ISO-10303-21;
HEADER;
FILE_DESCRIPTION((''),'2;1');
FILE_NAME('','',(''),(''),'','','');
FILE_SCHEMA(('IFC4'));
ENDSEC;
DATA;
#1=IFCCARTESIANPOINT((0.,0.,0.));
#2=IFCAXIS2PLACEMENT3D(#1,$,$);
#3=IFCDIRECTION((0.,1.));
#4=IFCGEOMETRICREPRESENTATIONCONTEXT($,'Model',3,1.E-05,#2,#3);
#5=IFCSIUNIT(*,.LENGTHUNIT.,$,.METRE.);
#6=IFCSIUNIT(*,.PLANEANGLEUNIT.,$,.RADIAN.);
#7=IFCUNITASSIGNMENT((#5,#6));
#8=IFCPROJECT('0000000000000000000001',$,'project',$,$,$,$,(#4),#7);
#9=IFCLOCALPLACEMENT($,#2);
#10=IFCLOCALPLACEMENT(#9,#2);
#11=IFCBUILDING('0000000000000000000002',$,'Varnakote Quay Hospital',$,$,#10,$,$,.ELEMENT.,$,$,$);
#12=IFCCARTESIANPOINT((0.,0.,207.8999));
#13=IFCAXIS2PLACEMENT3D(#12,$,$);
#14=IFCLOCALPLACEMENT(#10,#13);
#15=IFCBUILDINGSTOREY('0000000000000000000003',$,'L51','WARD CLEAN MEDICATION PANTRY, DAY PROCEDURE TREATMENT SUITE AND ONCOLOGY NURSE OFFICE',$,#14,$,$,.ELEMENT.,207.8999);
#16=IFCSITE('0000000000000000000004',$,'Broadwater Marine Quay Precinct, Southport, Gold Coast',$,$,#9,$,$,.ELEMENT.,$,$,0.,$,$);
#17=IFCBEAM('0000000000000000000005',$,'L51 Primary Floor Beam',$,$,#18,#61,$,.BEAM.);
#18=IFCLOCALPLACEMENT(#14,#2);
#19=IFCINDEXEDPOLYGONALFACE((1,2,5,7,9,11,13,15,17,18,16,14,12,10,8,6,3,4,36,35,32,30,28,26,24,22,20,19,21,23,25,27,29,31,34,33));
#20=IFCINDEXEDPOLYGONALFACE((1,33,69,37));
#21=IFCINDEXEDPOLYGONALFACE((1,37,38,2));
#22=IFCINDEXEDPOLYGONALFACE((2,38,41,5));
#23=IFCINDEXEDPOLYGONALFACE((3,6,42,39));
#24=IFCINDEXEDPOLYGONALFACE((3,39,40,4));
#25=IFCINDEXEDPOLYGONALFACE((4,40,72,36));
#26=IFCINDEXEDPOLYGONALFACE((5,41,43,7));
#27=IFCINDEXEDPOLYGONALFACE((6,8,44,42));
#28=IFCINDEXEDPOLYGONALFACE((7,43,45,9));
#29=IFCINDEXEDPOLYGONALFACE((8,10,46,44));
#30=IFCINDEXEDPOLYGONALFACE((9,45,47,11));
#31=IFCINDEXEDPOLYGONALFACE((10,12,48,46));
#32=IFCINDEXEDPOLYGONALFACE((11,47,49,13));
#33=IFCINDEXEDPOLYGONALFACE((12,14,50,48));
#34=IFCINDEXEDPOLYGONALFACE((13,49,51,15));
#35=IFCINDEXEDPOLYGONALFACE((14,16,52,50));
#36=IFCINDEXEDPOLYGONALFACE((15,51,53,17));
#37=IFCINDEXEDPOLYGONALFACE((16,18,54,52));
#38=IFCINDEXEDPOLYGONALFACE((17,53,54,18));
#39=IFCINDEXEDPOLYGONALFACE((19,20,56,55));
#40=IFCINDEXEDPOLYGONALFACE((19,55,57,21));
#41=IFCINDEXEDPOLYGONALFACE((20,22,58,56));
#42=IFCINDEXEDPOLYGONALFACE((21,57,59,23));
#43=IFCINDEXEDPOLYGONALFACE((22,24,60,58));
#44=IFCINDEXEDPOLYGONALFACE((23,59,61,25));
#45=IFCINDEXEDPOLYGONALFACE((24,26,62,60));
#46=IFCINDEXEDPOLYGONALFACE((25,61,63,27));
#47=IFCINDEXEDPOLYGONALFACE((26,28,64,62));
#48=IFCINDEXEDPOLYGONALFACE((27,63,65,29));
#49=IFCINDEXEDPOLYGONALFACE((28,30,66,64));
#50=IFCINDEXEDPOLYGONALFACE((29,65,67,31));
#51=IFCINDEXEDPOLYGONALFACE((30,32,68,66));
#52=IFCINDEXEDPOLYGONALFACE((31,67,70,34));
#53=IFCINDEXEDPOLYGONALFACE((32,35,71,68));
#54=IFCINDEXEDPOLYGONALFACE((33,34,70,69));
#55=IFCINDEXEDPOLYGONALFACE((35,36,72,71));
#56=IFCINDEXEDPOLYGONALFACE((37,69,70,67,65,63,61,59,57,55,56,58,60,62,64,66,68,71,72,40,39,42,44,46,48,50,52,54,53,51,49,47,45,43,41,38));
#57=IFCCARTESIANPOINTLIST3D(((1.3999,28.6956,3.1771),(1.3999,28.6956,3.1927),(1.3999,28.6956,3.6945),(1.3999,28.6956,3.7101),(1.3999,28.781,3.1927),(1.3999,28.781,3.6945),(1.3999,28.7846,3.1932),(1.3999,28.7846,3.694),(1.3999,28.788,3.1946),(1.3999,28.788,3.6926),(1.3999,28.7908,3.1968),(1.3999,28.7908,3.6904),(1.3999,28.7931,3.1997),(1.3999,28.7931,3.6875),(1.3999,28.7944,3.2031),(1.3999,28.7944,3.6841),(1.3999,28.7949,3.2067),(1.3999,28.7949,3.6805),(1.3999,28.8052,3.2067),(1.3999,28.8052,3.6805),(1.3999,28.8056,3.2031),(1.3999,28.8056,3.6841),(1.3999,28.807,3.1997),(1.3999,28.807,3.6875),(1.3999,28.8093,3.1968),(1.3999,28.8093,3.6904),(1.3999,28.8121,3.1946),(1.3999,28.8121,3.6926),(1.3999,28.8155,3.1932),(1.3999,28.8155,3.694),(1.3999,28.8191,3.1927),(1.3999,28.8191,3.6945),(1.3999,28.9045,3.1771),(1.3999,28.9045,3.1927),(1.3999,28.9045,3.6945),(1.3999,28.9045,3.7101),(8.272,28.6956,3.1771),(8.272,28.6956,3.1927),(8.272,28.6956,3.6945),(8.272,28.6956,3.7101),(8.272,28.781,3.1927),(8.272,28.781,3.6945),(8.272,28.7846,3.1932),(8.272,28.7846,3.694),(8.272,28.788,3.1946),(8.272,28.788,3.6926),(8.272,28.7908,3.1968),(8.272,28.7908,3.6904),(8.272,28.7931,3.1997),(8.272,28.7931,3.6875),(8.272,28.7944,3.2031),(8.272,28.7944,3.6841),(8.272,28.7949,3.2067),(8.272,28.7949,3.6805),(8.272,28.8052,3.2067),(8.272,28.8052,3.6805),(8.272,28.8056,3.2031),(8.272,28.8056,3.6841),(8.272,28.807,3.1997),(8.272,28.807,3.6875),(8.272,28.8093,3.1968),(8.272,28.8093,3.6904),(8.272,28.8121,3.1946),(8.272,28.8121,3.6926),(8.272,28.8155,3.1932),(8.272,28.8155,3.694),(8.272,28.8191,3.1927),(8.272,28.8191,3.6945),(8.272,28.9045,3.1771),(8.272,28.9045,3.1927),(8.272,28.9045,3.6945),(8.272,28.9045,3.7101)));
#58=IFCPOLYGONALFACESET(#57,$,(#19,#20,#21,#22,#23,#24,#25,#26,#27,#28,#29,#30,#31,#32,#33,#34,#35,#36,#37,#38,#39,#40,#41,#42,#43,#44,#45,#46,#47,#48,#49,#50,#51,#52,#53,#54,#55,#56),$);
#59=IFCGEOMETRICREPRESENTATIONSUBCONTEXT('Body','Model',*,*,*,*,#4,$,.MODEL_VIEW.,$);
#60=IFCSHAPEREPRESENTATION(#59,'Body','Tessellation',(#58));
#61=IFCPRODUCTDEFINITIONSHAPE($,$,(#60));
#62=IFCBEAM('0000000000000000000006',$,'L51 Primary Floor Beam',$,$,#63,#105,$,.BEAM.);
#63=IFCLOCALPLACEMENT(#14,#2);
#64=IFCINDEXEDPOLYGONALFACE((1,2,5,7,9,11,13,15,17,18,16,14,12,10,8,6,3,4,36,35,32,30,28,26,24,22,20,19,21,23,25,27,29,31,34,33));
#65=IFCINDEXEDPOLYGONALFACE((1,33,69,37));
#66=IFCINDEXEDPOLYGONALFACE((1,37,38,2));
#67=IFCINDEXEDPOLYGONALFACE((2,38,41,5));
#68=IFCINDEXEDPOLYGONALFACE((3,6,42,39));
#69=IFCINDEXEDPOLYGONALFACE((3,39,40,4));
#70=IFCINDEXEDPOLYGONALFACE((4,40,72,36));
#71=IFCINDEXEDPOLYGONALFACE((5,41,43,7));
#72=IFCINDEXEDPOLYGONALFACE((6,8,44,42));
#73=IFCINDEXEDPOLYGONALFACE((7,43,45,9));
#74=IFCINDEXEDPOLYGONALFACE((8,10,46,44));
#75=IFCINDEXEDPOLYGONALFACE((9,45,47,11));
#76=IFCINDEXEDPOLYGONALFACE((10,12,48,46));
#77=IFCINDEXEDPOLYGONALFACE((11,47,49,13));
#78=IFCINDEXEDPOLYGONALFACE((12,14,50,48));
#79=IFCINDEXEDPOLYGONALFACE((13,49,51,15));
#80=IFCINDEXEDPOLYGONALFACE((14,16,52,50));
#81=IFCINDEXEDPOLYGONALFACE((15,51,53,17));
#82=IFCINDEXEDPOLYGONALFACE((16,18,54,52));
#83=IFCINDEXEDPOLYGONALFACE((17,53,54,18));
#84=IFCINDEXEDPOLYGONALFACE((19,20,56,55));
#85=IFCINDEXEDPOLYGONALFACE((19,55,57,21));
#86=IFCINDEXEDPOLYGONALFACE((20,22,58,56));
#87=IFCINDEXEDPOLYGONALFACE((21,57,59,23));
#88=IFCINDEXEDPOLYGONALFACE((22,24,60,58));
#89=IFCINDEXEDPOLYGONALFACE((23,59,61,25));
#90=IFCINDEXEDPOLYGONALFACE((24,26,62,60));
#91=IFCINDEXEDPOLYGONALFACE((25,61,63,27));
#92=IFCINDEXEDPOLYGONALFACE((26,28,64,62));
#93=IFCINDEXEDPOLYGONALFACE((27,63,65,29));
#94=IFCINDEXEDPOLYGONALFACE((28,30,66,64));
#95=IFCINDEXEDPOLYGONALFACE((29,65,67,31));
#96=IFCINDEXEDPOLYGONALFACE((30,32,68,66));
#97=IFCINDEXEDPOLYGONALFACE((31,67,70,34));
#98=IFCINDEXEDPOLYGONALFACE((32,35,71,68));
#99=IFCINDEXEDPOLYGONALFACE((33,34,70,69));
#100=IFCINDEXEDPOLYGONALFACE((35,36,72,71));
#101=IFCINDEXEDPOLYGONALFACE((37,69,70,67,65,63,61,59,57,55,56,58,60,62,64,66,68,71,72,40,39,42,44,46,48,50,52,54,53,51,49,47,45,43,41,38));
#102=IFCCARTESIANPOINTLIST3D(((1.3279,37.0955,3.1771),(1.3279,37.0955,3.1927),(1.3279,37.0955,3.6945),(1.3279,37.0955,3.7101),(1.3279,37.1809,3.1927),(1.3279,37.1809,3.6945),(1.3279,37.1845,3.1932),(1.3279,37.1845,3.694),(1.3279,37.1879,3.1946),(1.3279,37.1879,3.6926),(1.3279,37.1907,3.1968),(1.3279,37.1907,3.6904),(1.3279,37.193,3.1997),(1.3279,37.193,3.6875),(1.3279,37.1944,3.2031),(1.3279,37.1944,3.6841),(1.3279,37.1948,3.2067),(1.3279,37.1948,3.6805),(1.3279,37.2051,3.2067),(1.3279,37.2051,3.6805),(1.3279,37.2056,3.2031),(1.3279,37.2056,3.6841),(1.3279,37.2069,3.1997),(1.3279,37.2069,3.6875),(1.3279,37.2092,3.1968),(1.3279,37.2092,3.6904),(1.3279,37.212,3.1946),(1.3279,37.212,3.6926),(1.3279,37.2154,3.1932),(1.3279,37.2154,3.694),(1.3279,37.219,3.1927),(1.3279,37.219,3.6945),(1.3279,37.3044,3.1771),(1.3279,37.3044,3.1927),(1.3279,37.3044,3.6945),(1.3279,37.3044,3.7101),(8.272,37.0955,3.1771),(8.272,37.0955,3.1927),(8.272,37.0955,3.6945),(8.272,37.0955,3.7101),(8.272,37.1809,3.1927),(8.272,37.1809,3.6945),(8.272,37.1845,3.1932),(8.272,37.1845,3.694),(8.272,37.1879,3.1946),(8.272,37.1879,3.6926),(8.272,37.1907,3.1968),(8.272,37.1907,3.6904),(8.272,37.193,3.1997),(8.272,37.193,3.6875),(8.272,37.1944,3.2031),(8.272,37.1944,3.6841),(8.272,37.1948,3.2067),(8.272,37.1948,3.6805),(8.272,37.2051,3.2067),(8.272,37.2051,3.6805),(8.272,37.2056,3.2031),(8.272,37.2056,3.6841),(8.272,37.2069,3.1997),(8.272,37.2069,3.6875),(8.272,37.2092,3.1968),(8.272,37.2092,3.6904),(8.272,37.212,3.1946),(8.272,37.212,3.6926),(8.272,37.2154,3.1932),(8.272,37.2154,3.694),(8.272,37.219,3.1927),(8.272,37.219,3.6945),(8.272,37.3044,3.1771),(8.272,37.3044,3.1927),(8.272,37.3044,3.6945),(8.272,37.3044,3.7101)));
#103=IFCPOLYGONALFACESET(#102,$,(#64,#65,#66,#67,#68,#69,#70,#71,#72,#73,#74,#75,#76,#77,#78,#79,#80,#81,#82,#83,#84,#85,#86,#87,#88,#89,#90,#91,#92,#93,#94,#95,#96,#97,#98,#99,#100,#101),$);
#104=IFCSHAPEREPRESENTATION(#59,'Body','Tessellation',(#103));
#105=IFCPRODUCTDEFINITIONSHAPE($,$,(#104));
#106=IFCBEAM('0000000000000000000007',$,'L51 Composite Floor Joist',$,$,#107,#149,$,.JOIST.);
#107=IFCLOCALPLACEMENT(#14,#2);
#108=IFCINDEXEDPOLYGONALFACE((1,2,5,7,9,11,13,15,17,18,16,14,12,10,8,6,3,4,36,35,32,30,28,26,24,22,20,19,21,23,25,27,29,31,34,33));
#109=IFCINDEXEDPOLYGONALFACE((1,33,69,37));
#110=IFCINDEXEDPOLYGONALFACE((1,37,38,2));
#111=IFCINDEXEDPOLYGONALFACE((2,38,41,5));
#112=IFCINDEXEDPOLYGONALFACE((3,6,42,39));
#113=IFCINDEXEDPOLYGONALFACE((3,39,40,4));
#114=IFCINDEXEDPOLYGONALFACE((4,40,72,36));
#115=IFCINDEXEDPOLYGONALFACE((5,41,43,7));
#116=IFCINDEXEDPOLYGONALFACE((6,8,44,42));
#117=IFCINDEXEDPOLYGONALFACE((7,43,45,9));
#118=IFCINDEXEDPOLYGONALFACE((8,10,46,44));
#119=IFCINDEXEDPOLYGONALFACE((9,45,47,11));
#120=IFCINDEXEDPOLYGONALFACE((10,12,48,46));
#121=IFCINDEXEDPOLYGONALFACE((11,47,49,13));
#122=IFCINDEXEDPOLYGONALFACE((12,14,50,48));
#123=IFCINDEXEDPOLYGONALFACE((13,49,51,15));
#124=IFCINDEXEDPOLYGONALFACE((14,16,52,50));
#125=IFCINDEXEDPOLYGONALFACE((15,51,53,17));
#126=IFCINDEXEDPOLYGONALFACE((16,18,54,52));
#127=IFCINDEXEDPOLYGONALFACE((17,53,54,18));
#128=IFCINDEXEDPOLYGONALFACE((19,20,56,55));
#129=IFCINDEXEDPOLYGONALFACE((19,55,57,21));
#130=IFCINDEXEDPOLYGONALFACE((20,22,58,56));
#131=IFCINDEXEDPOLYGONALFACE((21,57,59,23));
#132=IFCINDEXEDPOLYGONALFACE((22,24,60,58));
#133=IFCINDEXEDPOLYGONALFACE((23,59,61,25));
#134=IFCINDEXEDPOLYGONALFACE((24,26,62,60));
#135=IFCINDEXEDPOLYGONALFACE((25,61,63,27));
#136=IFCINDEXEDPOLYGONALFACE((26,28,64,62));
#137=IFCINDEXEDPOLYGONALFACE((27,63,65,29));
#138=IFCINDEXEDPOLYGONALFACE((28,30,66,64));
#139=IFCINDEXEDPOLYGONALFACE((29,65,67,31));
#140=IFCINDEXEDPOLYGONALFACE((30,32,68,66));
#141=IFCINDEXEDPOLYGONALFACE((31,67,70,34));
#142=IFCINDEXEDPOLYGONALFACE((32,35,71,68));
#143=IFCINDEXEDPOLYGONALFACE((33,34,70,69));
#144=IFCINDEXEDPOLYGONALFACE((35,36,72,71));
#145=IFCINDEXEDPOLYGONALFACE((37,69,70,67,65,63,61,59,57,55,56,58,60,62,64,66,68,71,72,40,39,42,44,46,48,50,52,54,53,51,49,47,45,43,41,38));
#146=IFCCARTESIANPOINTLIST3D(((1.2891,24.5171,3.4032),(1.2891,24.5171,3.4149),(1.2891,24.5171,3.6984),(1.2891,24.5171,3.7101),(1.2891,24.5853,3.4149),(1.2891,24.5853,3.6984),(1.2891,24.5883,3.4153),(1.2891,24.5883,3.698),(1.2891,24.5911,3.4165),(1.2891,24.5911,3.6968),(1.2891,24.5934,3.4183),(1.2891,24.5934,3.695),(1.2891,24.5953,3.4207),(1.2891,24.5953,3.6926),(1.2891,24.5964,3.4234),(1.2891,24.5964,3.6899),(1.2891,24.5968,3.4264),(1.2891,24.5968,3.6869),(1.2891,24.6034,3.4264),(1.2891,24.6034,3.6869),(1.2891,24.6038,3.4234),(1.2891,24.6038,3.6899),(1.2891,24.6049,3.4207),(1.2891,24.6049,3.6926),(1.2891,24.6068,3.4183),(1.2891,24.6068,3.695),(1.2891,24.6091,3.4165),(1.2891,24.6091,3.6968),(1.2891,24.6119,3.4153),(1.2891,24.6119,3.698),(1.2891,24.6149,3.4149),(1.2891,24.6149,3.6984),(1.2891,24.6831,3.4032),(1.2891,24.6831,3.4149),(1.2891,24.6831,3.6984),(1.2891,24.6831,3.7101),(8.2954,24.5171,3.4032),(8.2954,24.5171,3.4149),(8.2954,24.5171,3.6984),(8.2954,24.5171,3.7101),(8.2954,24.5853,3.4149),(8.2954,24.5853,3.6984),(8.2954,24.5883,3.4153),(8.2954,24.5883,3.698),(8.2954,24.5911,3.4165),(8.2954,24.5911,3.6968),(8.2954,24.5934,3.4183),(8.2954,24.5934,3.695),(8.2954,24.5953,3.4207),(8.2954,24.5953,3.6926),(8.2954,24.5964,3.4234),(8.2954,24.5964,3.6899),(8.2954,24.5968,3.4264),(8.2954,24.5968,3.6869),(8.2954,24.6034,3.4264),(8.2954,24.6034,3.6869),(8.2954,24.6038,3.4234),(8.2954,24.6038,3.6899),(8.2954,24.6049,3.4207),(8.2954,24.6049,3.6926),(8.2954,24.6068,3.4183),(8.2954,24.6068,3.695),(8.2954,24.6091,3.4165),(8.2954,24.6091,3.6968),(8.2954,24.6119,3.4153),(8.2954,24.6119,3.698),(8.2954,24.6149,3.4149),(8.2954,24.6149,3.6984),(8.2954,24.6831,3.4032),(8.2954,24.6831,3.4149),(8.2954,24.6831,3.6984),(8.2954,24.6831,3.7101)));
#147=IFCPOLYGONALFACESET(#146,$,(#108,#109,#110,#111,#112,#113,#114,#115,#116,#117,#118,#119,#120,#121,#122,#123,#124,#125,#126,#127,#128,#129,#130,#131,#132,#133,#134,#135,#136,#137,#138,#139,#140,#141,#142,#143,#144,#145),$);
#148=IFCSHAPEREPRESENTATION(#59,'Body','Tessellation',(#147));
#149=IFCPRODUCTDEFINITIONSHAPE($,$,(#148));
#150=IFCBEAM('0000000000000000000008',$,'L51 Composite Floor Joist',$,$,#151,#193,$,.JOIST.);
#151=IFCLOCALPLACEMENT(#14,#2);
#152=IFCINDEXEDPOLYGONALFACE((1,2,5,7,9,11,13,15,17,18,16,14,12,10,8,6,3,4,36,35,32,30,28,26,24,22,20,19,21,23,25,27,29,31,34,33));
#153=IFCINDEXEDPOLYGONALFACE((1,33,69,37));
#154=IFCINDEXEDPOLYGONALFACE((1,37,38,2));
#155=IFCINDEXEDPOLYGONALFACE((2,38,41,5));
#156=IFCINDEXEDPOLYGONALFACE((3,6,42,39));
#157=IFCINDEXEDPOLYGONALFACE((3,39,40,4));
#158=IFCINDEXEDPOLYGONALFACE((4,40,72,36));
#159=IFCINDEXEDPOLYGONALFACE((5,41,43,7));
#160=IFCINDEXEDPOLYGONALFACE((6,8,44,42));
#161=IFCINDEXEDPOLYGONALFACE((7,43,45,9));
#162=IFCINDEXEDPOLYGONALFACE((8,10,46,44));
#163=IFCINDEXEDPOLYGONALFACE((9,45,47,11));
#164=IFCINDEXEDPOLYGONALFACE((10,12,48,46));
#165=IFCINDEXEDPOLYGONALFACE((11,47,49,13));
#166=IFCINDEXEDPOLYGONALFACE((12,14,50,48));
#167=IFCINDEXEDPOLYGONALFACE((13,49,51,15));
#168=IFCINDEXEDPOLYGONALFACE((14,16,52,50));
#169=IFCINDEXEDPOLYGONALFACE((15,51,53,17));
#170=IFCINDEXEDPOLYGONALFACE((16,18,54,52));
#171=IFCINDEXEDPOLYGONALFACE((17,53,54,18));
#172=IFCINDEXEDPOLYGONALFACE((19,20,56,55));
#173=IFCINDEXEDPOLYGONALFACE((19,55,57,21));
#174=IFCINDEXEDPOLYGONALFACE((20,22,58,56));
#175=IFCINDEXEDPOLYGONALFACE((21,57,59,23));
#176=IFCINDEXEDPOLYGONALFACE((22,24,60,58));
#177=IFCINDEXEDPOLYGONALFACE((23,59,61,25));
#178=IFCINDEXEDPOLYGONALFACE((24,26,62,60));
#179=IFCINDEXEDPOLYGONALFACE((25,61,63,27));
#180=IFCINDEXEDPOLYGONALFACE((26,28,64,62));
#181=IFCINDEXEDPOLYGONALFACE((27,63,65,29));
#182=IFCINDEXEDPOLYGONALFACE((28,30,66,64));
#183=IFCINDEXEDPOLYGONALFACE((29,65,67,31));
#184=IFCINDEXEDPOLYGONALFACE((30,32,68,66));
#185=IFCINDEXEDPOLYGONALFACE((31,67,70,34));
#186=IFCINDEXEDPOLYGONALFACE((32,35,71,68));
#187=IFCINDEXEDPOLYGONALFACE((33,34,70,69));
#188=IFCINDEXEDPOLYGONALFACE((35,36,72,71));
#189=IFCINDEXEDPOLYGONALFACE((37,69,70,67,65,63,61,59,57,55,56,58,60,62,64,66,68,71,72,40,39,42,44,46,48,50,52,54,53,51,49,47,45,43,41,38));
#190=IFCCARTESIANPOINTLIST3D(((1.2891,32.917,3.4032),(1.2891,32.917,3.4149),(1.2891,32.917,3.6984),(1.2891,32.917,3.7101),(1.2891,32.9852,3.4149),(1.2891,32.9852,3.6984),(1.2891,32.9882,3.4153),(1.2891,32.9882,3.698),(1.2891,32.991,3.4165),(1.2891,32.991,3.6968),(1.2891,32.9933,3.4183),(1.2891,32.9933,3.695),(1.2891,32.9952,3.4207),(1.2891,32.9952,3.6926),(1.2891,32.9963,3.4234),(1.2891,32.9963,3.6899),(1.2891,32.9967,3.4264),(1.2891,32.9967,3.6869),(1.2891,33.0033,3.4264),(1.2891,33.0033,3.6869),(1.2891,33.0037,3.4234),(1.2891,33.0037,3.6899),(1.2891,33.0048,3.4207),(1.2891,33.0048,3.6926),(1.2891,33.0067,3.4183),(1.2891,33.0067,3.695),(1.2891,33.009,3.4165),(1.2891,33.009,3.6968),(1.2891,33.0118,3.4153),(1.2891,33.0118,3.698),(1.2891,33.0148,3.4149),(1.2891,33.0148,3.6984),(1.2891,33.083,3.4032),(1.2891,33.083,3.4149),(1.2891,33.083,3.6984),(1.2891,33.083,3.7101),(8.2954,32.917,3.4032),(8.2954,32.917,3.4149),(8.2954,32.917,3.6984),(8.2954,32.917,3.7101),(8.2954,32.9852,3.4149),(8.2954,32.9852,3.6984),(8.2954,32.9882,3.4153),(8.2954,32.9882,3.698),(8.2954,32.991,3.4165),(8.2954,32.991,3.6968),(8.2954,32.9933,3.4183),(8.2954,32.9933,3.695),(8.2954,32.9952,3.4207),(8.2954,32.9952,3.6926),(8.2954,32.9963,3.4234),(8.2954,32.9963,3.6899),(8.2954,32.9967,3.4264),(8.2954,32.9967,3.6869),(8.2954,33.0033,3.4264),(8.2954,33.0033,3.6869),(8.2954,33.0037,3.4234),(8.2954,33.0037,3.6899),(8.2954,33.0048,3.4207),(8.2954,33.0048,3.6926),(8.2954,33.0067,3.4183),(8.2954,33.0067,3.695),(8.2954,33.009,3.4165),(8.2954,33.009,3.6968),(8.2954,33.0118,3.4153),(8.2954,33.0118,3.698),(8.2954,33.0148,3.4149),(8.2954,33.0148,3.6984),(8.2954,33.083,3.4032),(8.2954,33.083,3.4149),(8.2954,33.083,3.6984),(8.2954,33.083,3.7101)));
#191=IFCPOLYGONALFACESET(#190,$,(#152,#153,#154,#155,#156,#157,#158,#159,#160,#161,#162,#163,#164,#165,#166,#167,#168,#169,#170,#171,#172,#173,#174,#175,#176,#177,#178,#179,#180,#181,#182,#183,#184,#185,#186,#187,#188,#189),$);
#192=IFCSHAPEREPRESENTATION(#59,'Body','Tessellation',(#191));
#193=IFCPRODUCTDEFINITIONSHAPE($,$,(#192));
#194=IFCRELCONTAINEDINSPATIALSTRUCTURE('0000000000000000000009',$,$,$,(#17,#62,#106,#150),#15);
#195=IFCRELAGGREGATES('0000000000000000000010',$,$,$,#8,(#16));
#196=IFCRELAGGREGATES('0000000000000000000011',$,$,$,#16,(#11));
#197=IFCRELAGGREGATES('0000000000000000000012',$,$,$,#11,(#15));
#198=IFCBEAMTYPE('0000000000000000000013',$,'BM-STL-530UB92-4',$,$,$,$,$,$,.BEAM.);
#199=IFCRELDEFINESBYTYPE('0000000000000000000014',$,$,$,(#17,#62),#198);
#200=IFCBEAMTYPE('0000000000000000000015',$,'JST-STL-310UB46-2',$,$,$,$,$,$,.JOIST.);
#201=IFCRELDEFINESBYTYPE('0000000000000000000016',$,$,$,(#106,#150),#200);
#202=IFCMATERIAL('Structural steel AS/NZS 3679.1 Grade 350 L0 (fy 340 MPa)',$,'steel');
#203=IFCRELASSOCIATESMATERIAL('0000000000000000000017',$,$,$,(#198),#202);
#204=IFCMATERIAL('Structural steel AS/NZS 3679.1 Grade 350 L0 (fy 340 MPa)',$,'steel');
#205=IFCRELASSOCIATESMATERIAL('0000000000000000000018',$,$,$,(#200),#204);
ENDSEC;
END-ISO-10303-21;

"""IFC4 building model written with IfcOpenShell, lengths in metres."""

from ifc_helpers import new_model, si_unit, direction, frame, origin, origin_2d, place, context, subcontext, project, spatial, i_section, extrude, material, material_profile, profile_set, type_object, element, save


model = new_model("IFC4")

# Units and contexts
model_context = context("Model", 3, precision=1e-05, world=origin(), true_north=direction((0.0, 1.0)))
body_context = subcontext(model_context, "Body", "Model", "MODEL_VIEW")
ifc_project = project(units=[si_unit("LENGTHUNIT", "METRE"), si_unit("PLANEANGLEUNIT", "RADIAN")], contexts=[model_context])

# Site, building, storey
site_placement = place(None, origin())
site = spatial("IfcSite", under=ifc_project, at=site_placement, Name="Broadwater Marine Quay Precinct, Southport, Gold Coast", CompositionType="ELEMENT", RefElevation=0.0)
building_placement = place(site_placement, origin())
building = spatial("IfcBuilding", under=site, at=building_placement, Name="Varnakote Quay Hospital", CompositionType="ELEMENT")
storey_placement = place(building_placement, frame((0.0, 0.0, 207.8999)))
storey = spatial("IfcBuildingStorey", under=building, at=storey_placement, Name="L51", Description="WARD CLEAN MEDICATION PANTRY, DAY PROCEDURE TREATMENT SUITE AND ONCOLOGY NURSE OFFICE", CompositionType="ELEMENT", Elevation=207.8999)

# Beams
ifc_material_1 = material(Name="Structural steel AS/NZS 3679.1 Grade 350 L0 (fy 340 MPa)", Category="steel")
ifc_material_profile_1 = material_profile(ifc_material_1, i_section(OverallWidth=0.209, OverallDepth=0.533, WebThickness=0.0103, FlangeThickness=0.0156, FilletRadius=0.0139, at=origin_2d()), Name="530UB92.4")
ifc_profile_set_1 = profile_set([ifc_material_profile_1], Name="Structural steel AS/NZS 3679.1 Grade 350 L0 (fy 340 MPa)")
beam_type_1 = type_object("IfcBeamType", Name="BM-STL-530UB92-4", PredefinedType="BEAM", material=ifc_profile_set_1)
beam_1_placement = place(storey_placement, frame((1.3999, 28.8, 3.4436), z_axis=(1.0, 0.0, 0.0), x_axis=(0.0, 1.0, 0.0)))
element("IfcBeam", 1, at=beam_1_placement, inside=storey, type_object=beam_type_1, Name="L51 Primary Floor Beam", PredefinedType="BEAM", context=body_context, shape_type="SweptSolid", body=[
    extrude(i_section(OverallWidth=0.209, OverallDepth=0.533, WebThickness=0.0103, FlangeThickness=0.0156, FilletRadius=0.0139, at=origin_2d()), origin(), (0.0, 0.0, 1.0), 6.8721),
])
beam_2_placement = place(storey_placement, frame((1.3279, 37.2, 3.4436), z_axis=(1.0, 0.0, 0.0), x_axis=(0.0, 1.0, 0.0)))
element("IfcBeam", 2, at=beam_2_placement, inside=storey, type_object=beam_type_1, Name="L51 Primary Floor Beam", PredefinedType="BEAM", context=body_context, shape_type="SweptSolid", body=[
    extrude(i_section(OverallWidth=0.209, OverallDepth=0.533, WebThickness=0.0103, FlangeThickness=0.0156, FilletRadius=0.0139, at=origin_2d()), origin(), (0.0, 0.0, 1.0), 6.9441),
])
ifc_material_2 = material(Name="Structural steel AS/NZS 3679.1 Grade 350 L0 (fy 340 MPa)", Category="steel")
ifc_material_profile_2 = material_profile(ifc_material_2, i_section(OverallWidth=0.166, OverallDepth=0.3069, WebThickness=0.0066, FlangeThickness=0.0117, FilletRadius=0.0115, at=origin_2d()), Name="310UB46.2")
ifc_profile_set_2 = profile_set([ifc_material_profile_2], Name="Structural steel AS/NZS 3679.1 Grade 350 L0 (fy 340 MPa)")
beam_type_2 = type_object("IfcBeamType", Name="JST-STL-310UB46-2", PredefinedType="JOIST", material=ifc_profile_set_2)
for number, where, z_axis, x_axis, name in (
    (3, (1.2891, 24.6001, 3.5566), (1.0, 0.0, 0.0), (0.0, 1.0, 0.0), "L51 Composite Floor Joist"),
    (4, (1.2891, 33.0, 3.5566), (1.0, 0.0, 0.0), (0.0, 1.0, 0.0), "L51 Composite Floor Joist"),
):
    element("IfcBeam", number, at=place(storey_placement, frame(where, z_axis=z_axis, x_axis=x_axis)), inside=storey, type_object=beam_type_2, Name=name, PredefinedType="JOIST", context=body_context, shape_type="SweptSolid", body=[
        extrude(i_section(OverallWidth=0.166, OverallDepth=0.3069, WebThickness=0.0066, FlangeThickness=0.0117, FilletRadius=0.0115, at=origin_2d()), origin(), (0.0, 0.0, 1.0), 7.0063),
    ])

save(model, "model.ifc")
